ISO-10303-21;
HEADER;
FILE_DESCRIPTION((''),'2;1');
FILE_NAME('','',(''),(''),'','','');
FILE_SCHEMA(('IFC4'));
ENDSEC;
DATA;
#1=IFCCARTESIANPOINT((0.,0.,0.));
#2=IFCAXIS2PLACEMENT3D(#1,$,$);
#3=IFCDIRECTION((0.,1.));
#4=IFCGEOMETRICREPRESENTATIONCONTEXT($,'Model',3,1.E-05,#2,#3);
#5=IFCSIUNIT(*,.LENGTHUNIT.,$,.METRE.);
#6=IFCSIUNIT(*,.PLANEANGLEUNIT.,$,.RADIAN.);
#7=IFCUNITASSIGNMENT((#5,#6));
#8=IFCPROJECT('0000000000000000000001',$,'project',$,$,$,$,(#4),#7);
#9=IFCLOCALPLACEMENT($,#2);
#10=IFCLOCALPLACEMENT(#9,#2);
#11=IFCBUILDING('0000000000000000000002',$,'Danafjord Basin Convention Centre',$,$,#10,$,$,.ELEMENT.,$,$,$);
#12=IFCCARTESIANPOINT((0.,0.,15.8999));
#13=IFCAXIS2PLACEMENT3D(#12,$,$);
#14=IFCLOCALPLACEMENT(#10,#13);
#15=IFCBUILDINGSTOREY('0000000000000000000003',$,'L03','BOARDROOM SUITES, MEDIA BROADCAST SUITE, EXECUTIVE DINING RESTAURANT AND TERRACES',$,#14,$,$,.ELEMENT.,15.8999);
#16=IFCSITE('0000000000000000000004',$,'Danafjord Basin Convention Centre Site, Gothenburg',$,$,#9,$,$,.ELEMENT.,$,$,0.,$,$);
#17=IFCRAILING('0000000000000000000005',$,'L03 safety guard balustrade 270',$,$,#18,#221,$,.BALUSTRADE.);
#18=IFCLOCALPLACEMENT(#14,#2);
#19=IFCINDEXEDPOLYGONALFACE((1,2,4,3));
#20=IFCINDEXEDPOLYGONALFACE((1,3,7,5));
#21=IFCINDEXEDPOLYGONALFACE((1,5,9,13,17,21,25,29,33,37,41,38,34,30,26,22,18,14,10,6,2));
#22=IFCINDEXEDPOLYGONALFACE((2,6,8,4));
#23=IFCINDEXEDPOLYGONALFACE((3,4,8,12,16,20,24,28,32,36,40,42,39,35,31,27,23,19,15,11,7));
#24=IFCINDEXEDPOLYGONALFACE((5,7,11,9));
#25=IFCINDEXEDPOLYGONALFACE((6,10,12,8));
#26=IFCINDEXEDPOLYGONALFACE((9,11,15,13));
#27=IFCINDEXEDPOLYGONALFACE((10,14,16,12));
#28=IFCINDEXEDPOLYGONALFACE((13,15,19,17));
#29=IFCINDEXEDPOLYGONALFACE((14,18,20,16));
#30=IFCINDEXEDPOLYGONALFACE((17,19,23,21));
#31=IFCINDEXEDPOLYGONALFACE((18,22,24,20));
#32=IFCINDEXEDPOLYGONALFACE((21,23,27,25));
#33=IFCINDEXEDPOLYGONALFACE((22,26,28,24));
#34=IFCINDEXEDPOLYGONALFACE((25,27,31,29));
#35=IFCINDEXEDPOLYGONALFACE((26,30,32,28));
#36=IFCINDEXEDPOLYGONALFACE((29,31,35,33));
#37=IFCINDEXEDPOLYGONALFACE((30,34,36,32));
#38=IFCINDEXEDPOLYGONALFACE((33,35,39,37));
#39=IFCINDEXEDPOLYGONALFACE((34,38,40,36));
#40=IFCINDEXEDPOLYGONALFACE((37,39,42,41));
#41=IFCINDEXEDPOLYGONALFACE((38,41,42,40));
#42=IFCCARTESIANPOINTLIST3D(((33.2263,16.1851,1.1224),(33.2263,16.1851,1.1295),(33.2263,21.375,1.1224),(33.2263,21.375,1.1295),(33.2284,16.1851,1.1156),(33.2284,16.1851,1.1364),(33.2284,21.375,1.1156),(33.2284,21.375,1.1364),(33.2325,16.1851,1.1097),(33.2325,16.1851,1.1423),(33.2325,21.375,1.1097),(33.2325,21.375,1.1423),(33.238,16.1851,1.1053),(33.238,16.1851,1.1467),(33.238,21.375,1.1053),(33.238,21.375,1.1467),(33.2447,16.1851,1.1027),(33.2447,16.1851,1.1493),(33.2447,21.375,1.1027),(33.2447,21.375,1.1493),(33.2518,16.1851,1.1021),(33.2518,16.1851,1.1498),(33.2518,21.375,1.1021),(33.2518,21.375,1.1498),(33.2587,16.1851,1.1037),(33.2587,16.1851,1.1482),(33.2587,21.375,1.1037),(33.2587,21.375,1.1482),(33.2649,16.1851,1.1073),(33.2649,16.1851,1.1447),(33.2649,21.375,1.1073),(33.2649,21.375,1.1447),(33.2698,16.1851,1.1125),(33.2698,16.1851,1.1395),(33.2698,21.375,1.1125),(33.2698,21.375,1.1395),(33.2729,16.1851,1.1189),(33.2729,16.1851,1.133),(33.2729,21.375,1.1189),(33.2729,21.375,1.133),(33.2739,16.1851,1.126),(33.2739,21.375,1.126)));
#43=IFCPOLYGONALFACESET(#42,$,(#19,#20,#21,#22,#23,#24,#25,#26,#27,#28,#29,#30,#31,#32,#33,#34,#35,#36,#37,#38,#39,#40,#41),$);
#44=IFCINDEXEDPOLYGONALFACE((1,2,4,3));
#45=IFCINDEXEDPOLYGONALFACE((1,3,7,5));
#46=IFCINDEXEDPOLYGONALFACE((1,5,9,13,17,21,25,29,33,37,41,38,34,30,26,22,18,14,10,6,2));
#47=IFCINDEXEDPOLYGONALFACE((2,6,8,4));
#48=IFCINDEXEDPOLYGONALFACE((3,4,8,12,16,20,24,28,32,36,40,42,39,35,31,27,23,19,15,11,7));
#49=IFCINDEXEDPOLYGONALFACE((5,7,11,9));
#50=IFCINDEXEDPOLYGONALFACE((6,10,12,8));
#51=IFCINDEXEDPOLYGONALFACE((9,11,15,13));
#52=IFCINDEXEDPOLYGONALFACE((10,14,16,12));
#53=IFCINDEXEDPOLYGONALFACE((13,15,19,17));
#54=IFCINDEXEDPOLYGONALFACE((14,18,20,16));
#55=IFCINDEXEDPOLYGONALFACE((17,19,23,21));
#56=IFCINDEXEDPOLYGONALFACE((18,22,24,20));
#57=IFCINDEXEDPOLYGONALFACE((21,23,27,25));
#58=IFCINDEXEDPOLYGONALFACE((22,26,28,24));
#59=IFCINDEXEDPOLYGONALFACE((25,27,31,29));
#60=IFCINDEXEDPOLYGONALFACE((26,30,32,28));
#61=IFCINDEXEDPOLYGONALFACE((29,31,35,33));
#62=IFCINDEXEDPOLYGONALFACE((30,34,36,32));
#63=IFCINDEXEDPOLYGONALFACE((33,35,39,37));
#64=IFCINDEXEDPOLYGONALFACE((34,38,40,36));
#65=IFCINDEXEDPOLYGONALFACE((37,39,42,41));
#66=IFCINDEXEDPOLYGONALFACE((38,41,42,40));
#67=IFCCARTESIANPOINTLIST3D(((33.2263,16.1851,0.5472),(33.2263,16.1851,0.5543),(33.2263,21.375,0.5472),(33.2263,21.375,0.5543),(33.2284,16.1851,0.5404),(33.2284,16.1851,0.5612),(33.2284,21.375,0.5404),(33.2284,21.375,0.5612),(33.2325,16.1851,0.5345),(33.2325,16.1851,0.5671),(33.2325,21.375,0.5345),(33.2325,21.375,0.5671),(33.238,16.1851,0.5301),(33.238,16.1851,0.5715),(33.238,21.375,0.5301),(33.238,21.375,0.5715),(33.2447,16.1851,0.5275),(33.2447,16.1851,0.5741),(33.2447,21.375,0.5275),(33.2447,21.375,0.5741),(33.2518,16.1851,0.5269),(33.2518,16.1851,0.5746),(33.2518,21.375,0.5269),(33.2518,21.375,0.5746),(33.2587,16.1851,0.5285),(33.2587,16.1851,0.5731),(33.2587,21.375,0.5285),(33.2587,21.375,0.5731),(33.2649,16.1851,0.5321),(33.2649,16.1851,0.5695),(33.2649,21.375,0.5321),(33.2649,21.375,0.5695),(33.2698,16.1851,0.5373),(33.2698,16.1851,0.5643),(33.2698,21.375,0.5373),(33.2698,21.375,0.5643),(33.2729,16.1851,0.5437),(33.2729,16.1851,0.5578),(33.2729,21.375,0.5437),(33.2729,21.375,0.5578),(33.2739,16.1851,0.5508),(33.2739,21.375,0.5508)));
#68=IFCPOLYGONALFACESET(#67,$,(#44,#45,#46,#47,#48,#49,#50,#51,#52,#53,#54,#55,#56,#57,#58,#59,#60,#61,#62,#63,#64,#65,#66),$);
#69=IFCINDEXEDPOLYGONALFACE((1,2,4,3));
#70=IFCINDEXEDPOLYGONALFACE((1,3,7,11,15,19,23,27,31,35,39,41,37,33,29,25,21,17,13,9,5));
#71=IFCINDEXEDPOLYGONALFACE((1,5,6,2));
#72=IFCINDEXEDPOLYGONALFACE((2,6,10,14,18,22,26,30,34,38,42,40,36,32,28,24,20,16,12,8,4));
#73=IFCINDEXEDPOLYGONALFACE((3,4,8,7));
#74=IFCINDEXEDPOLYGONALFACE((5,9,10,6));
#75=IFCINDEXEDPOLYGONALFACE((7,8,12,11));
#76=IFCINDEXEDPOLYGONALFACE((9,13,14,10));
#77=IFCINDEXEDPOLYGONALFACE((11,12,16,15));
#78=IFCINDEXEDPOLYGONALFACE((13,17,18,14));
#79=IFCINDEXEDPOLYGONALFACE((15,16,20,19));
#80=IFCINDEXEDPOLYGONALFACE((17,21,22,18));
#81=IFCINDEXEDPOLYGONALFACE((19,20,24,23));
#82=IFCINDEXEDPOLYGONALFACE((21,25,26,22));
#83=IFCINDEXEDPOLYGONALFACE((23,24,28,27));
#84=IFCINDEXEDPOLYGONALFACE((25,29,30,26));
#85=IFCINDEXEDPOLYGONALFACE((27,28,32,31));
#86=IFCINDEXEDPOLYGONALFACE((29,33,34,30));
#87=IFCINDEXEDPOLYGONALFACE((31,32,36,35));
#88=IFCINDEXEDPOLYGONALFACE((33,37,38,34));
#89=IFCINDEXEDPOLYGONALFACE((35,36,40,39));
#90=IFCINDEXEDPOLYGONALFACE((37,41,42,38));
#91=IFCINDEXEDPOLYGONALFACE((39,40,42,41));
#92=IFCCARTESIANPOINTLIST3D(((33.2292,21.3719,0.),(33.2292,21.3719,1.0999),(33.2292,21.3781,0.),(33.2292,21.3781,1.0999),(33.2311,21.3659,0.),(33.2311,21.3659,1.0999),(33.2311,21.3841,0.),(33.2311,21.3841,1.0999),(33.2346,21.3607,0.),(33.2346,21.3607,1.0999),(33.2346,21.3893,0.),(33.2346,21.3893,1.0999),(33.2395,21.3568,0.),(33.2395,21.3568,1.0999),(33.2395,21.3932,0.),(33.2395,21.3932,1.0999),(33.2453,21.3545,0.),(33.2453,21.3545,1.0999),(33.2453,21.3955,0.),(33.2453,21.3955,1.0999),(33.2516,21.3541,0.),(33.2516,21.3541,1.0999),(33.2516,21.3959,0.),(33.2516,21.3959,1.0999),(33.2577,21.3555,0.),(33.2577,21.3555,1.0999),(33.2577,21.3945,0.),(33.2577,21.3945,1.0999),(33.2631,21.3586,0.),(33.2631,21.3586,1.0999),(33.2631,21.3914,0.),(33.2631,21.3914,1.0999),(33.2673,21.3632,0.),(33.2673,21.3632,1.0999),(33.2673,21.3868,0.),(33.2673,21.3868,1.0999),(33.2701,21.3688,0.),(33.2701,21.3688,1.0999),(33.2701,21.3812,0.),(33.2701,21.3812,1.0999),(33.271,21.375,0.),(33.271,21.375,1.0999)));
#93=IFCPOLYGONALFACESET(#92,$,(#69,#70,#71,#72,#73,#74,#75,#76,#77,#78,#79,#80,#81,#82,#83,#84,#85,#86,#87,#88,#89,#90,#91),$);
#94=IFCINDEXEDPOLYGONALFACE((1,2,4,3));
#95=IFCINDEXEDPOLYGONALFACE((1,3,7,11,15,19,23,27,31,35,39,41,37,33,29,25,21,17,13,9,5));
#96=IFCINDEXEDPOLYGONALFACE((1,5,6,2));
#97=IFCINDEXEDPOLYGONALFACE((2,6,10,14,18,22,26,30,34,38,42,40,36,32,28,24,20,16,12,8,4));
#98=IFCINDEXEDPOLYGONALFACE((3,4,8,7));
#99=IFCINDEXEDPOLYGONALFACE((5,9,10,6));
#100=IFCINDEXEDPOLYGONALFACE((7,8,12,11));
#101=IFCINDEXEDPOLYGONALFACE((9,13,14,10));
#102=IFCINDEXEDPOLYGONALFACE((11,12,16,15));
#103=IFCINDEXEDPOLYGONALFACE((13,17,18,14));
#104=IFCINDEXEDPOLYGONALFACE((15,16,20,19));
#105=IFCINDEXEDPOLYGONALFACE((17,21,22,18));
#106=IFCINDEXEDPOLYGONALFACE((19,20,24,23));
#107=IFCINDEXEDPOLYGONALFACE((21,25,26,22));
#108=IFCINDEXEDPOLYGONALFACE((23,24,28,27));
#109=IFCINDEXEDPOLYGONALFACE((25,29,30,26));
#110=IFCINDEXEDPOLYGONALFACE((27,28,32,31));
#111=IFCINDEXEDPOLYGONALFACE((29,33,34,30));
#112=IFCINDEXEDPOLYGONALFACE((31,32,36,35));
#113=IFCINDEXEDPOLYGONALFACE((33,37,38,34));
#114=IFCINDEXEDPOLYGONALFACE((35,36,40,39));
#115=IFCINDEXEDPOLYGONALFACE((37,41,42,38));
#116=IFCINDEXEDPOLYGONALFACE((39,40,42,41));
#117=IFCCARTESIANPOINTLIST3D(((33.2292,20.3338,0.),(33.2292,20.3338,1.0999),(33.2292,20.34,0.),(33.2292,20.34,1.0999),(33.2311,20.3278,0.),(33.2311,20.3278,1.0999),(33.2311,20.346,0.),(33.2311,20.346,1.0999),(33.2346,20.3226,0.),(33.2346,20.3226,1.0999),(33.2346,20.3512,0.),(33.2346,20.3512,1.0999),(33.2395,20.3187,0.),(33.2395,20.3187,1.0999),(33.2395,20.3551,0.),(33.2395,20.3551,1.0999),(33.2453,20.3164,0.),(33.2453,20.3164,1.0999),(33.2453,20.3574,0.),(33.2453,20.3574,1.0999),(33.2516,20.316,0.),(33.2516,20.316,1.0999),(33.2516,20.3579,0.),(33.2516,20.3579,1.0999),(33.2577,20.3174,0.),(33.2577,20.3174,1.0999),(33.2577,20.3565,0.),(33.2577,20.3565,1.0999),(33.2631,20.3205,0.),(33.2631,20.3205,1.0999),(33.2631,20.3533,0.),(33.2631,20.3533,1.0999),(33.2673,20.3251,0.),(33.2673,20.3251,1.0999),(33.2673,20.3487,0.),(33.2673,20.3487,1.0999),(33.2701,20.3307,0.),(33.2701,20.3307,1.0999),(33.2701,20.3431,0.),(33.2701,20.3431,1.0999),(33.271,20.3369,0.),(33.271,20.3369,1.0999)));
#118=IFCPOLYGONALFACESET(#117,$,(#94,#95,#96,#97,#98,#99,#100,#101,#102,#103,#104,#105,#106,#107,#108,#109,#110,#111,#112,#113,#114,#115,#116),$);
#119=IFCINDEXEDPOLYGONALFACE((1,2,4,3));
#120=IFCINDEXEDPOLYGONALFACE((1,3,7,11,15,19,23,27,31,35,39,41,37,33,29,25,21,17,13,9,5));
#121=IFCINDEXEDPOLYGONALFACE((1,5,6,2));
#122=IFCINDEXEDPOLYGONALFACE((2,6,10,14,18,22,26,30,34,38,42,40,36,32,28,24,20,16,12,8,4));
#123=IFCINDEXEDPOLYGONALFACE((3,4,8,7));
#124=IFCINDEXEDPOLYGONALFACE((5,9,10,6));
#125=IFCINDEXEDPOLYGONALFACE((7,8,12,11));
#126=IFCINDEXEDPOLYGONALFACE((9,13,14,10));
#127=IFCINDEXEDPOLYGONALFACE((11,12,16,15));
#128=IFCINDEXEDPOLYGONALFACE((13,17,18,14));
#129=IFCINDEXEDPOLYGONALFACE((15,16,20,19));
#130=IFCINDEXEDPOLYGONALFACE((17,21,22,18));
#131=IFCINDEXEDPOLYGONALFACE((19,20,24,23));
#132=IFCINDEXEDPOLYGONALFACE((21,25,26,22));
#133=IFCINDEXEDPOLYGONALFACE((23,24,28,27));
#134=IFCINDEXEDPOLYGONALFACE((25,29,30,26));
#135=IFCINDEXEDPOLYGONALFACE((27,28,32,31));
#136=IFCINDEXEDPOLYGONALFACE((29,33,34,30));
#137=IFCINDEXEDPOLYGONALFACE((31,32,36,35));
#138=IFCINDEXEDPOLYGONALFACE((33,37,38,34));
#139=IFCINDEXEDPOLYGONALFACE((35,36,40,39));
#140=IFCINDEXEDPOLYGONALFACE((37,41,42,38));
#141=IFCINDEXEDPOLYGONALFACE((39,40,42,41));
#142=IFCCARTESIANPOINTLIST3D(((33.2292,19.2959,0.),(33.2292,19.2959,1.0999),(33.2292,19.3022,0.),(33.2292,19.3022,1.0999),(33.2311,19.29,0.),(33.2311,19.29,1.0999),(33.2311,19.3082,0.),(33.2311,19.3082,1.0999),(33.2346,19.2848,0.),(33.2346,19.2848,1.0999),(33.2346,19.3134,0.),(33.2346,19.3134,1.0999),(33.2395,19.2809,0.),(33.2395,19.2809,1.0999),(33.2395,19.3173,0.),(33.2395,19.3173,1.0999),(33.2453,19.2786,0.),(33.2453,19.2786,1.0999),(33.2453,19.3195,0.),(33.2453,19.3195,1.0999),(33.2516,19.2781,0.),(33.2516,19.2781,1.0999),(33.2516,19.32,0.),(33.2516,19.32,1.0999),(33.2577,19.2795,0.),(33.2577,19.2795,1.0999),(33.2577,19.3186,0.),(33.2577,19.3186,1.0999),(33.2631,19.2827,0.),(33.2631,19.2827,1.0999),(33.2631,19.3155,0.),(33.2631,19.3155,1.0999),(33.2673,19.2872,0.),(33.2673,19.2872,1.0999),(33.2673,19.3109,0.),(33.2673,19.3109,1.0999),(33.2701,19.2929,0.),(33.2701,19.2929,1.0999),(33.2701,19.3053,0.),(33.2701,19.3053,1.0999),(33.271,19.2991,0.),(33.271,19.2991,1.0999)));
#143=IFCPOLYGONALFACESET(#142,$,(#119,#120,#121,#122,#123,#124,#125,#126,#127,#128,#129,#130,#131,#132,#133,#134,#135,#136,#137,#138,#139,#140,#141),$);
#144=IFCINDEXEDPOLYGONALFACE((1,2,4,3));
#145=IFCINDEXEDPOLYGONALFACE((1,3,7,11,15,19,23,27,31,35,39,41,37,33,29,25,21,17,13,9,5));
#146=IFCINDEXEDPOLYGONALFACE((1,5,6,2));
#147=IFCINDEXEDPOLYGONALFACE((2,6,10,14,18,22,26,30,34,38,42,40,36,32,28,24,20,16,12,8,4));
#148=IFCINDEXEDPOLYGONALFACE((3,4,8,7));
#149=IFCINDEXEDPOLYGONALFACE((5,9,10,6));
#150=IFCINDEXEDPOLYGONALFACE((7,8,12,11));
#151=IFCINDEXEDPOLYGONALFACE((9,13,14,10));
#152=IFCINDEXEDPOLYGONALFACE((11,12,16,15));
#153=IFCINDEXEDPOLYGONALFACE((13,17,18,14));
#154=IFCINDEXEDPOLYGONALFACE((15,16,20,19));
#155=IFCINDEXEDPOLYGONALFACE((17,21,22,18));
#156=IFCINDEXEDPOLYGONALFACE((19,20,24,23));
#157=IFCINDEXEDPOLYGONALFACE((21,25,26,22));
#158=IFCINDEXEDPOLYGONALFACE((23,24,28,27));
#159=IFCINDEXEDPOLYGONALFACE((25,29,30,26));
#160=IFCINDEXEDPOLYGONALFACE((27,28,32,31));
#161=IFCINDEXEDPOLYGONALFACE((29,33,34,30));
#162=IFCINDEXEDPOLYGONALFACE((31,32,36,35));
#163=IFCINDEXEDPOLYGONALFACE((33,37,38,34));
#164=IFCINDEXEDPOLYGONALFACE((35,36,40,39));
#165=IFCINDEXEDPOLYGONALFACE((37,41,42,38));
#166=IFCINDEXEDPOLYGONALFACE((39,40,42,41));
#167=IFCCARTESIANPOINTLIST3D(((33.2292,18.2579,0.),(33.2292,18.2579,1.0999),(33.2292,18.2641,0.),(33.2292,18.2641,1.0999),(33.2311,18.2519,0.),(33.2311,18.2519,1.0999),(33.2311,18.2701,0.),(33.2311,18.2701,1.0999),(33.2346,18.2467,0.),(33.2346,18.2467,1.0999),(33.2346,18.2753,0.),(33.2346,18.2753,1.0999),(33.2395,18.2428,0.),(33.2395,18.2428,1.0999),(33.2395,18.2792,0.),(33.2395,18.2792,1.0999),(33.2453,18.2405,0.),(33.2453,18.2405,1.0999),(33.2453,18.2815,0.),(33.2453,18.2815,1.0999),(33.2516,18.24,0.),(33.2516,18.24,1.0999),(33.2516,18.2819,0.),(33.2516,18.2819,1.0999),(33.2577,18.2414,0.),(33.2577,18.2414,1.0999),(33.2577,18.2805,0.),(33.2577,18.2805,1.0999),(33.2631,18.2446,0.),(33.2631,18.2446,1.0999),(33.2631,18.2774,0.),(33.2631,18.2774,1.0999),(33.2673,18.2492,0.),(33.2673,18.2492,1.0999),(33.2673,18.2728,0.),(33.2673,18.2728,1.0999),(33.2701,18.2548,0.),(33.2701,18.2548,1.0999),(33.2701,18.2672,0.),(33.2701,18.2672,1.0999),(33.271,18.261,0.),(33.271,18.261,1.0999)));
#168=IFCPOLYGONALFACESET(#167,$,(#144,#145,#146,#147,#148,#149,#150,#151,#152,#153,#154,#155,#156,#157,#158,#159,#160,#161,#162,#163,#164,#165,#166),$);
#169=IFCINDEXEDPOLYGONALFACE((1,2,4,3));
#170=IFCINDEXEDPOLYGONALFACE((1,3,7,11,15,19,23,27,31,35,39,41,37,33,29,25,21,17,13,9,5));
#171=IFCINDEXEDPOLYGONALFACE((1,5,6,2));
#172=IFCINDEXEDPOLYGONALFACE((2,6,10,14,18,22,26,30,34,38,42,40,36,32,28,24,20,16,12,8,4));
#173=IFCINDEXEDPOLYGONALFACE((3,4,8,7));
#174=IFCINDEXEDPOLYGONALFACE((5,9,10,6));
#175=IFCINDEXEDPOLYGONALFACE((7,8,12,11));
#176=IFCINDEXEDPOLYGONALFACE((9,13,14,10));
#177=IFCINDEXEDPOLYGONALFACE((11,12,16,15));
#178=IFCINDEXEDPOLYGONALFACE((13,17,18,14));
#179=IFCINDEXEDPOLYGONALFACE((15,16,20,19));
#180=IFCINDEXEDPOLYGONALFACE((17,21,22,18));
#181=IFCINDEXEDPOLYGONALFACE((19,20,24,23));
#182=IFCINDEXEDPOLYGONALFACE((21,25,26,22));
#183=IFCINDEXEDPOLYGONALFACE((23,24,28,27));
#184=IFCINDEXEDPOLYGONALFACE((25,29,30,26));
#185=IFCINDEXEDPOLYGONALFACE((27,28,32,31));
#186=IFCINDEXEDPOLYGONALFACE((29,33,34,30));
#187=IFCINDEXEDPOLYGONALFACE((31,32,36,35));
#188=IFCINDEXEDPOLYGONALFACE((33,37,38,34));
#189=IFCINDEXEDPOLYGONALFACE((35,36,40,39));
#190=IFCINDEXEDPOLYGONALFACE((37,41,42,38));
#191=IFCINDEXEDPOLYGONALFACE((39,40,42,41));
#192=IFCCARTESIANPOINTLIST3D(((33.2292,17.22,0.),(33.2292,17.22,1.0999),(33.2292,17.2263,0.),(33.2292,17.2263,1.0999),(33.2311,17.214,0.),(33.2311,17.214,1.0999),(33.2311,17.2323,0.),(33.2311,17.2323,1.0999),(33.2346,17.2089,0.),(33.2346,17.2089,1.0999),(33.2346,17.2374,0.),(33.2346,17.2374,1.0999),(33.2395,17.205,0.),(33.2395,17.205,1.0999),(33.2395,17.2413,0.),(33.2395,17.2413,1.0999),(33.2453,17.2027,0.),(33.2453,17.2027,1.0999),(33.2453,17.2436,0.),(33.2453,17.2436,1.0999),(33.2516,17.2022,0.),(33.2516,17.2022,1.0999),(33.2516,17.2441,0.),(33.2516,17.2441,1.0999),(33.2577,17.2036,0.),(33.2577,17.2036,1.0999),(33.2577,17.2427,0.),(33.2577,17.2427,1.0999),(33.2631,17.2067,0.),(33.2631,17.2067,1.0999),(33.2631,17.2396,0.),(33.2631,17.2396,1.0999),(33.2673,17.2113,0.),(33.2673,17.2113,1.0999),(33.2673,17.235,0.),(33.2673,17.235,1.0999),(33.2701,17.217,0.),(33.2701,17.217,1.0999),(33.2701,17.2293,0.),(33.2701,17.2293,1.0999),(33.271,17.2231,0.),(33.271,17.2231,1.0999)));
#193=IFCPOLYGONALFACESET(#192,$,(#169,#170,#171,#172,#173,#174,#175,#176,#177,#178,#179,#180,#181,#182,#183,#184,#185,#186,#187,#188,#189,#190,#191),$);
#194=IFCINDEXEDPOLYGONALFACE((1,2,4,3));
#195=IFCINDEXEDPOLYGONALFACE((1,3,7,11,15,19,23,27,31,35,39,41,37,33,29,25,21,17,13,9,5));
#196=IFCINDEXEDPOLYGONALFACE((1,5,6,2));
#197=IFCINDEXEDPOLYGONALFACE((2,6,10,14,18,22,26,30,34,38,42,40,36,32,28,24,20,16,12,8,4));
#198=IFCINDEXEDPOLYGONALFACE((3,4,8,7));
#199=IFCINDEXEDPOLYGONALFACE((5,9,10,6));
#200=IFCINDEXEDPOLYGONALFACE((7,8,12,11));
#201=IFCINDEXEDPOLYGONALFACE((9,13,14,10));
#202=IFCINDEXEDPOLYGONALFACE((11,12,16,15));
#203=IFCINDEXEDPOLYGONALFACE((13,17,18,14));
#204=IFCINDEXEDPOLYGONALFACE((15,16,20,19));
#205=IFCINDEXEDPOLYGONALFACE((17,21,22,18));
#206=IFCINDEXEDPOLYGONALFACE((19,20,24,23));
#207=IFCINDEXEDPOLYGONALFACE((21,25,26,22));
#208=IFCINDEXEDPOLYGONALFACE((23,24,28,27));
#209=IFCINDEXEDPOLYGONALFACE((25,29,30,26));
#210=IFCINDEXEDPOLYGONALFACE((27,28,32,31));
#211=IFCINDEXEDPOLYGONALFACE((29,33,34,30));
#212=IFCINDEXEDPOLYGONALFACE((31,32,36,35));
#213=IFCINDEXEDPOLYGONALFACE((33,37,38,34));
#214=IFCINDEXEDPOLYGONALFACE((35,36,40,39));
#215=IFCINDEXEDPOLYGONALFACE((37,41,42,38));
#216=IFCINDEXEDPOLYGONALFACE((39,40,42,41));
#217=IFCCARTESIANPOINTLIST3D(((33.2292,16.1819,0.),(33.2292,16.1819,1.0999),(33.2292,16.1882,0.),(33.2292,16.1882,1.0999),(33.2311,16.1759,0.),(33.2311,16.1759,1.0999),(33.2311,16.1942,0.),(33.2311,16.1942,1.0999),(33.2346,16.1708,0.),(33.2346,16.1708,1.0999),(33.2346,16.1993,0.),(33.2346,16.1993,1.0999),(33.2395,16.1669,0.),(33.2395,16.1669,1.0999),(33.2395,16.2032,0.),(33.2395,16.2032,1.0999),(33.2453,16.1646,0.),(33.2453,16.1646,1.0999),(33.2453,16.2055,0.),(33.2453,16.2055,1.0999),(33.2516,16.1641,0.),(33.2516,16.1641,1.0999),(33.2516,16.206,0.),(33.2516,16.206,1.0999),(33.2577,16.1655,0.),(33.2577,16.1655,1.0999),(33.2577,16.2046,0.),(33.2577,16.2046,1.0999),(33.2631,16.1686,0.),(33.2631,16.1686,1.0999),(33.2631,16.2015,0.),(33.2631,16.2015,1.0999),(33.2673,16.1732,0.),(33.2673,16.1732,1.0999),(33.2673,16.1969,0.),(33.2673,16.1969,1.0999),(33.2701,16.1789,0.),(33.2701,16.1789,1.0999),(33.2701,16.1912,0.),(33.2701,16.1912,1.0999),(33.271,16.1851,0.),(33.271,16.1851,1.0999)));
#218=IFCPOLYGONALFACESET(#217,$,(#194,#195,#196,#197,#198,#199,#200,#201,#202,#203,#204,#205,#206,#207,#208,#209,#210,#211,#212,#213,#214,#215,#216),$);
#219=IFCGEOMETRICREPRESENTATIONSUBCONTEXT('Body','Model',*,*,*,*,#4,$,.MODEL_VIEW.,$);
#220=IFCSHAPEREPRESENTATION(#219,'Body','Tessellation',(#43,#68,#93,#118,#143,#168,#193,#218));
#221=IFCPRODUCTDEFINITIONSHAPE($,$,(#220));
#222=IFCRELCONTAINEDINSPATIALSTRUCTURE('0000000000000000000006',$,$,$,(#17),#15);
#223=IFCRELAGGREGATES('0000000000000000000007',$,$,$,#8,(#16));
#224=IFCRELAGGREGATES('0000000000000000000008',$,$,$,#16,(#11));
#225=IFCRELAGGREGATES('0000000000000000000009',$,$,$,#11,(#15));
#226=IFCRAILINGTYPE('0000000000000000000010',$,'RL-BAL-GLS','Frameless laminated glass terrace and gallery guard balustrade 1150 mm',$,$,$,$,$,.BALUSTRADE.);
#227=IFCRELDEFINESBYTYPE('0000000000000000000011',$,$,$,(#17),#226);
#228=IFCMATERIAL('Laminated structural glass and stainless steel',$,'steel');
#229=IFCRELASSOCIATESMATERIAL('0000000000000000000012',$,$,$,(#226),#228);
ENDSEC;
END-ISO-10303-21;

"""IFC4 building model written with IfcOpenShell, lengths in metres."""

from ifc_helpers import new_model, si_unit, direction, frame, origin, origin_2d, place, context, subcontext, project, spatial, circle, extrude, material, type_object, element, save


model = new_model("IFC4")

# Units and contexts
model_context = context("Model", 3, precision=1e-05, world=origin(), true_north=direction((0.0, 1.0)))
body_context = subcontext(model_context, "Body", "Model", "MODEL_VIEW")
ifc_project = project(units=[si_unit("LENGTHUNIT", "METRE"), si_unit("PLANEANGLEUNIT", "RADIAN")], contexts=[model_context])

# Site, building, storey
site_placement = place(None, origin())
site = spatial("IfcSite", under=ifc_project, at=site_placement, Name="Danafjord Basin Convention Centre Site, Gothenburg", CompositionType="ELEMENT", RefElevation=0.0)
building_placement = place(site_placement, origin())
building = spatial("IfcBuilding", under=site, at=building_placement, Name="Danafjord Basin Convention Centre", CompositionType="ELEMENT")
storey_placement = place(building_placement, frame((0.0, 0.0, 15.8999)))
storey = spatial("IfcBuildingStorey", under=building, at=storey_placement, Name="L03", Description="BOARDROOM SUITES, MEDIA BROADCAST SUITE, EXECUTIVE DINING RESTAURANT AND TERRACES", CompositionType="ELEMENT", Elevation=15.8999)

# Railing
ifc_material_1 = material(Name="Laminated structural glass and stainless steel", Category="steel")
railing_type = type_object("IfcRailingType", Name="RL-BAL-GLS", Description="Frameless laminated glass terrace and gallery guard balustrade 1150 mm", PredefinedType="BALUSTRADE", material=ifc_material_1)
railing_1_placement = place(storey_placement, frame((33.25, 21.375, 0.0)))
element("IfcRailing", 1, at=railing_1_placement, inside=storey, type_object=railing_type, Name="L03 safety guard balustrade 270", PredefinedType="BALUSTRADE", context=body_context, shape_type="SweptSolid", body=[
    extrude(circle(Radius=0.0239, at=origin_2d()), frame((0.0, 0.0, 1.126), z_axis=(0.0, -1.0, 0.0), x_axis=(1.0, 0.0, 0.0)), (0.0, 0.0, 1.0), 5.1899),
    extrude(circle(Radius=0.0239, at=origin_2d()), frame((0.0, 0.0, 0.5508), z_axis=(0.0, -1.0, 0.0), x_axis=(1.0, 0.0, 0.0)), (0.0, 0.0, 1.0), 5.1899),
    extrude(circle(Radius=0.021, at=origin_2d()), origin(), (0.0, 0.0, 1.0), 1.0999),
    extrude(circle(Radius=0.021, at=origin_2d()), frame((0.0, -1.0381, 0.0)), (0.0, 0.0, 1.0), 1.0999),
    extrude(circle(Radius=0.021, at=origin_2d()), frame((0.0, -2.0759, 0.0)), (0.0, 0.0, 1.0), 1.0999),
    extrude(circle(Radius=0.021, at=origin_2d()), frame((0.0, -3.114, 0.0)), (0.0, 0.0, 1.0), 1.0999),
    extrude(circle(Radius=0.021, at=origin_2d()), frame((0.0, -4.1519, 0.0)), (0.0, 0.0, 1.0), 1.0999),
    extrude(circle(Radius=0.021, at=origin_2d()), frame((0.0, -5.1899, 0.0)), (0.0, 0.0, 1.0), 1.0999),
])

save(model, "model.ifc")
